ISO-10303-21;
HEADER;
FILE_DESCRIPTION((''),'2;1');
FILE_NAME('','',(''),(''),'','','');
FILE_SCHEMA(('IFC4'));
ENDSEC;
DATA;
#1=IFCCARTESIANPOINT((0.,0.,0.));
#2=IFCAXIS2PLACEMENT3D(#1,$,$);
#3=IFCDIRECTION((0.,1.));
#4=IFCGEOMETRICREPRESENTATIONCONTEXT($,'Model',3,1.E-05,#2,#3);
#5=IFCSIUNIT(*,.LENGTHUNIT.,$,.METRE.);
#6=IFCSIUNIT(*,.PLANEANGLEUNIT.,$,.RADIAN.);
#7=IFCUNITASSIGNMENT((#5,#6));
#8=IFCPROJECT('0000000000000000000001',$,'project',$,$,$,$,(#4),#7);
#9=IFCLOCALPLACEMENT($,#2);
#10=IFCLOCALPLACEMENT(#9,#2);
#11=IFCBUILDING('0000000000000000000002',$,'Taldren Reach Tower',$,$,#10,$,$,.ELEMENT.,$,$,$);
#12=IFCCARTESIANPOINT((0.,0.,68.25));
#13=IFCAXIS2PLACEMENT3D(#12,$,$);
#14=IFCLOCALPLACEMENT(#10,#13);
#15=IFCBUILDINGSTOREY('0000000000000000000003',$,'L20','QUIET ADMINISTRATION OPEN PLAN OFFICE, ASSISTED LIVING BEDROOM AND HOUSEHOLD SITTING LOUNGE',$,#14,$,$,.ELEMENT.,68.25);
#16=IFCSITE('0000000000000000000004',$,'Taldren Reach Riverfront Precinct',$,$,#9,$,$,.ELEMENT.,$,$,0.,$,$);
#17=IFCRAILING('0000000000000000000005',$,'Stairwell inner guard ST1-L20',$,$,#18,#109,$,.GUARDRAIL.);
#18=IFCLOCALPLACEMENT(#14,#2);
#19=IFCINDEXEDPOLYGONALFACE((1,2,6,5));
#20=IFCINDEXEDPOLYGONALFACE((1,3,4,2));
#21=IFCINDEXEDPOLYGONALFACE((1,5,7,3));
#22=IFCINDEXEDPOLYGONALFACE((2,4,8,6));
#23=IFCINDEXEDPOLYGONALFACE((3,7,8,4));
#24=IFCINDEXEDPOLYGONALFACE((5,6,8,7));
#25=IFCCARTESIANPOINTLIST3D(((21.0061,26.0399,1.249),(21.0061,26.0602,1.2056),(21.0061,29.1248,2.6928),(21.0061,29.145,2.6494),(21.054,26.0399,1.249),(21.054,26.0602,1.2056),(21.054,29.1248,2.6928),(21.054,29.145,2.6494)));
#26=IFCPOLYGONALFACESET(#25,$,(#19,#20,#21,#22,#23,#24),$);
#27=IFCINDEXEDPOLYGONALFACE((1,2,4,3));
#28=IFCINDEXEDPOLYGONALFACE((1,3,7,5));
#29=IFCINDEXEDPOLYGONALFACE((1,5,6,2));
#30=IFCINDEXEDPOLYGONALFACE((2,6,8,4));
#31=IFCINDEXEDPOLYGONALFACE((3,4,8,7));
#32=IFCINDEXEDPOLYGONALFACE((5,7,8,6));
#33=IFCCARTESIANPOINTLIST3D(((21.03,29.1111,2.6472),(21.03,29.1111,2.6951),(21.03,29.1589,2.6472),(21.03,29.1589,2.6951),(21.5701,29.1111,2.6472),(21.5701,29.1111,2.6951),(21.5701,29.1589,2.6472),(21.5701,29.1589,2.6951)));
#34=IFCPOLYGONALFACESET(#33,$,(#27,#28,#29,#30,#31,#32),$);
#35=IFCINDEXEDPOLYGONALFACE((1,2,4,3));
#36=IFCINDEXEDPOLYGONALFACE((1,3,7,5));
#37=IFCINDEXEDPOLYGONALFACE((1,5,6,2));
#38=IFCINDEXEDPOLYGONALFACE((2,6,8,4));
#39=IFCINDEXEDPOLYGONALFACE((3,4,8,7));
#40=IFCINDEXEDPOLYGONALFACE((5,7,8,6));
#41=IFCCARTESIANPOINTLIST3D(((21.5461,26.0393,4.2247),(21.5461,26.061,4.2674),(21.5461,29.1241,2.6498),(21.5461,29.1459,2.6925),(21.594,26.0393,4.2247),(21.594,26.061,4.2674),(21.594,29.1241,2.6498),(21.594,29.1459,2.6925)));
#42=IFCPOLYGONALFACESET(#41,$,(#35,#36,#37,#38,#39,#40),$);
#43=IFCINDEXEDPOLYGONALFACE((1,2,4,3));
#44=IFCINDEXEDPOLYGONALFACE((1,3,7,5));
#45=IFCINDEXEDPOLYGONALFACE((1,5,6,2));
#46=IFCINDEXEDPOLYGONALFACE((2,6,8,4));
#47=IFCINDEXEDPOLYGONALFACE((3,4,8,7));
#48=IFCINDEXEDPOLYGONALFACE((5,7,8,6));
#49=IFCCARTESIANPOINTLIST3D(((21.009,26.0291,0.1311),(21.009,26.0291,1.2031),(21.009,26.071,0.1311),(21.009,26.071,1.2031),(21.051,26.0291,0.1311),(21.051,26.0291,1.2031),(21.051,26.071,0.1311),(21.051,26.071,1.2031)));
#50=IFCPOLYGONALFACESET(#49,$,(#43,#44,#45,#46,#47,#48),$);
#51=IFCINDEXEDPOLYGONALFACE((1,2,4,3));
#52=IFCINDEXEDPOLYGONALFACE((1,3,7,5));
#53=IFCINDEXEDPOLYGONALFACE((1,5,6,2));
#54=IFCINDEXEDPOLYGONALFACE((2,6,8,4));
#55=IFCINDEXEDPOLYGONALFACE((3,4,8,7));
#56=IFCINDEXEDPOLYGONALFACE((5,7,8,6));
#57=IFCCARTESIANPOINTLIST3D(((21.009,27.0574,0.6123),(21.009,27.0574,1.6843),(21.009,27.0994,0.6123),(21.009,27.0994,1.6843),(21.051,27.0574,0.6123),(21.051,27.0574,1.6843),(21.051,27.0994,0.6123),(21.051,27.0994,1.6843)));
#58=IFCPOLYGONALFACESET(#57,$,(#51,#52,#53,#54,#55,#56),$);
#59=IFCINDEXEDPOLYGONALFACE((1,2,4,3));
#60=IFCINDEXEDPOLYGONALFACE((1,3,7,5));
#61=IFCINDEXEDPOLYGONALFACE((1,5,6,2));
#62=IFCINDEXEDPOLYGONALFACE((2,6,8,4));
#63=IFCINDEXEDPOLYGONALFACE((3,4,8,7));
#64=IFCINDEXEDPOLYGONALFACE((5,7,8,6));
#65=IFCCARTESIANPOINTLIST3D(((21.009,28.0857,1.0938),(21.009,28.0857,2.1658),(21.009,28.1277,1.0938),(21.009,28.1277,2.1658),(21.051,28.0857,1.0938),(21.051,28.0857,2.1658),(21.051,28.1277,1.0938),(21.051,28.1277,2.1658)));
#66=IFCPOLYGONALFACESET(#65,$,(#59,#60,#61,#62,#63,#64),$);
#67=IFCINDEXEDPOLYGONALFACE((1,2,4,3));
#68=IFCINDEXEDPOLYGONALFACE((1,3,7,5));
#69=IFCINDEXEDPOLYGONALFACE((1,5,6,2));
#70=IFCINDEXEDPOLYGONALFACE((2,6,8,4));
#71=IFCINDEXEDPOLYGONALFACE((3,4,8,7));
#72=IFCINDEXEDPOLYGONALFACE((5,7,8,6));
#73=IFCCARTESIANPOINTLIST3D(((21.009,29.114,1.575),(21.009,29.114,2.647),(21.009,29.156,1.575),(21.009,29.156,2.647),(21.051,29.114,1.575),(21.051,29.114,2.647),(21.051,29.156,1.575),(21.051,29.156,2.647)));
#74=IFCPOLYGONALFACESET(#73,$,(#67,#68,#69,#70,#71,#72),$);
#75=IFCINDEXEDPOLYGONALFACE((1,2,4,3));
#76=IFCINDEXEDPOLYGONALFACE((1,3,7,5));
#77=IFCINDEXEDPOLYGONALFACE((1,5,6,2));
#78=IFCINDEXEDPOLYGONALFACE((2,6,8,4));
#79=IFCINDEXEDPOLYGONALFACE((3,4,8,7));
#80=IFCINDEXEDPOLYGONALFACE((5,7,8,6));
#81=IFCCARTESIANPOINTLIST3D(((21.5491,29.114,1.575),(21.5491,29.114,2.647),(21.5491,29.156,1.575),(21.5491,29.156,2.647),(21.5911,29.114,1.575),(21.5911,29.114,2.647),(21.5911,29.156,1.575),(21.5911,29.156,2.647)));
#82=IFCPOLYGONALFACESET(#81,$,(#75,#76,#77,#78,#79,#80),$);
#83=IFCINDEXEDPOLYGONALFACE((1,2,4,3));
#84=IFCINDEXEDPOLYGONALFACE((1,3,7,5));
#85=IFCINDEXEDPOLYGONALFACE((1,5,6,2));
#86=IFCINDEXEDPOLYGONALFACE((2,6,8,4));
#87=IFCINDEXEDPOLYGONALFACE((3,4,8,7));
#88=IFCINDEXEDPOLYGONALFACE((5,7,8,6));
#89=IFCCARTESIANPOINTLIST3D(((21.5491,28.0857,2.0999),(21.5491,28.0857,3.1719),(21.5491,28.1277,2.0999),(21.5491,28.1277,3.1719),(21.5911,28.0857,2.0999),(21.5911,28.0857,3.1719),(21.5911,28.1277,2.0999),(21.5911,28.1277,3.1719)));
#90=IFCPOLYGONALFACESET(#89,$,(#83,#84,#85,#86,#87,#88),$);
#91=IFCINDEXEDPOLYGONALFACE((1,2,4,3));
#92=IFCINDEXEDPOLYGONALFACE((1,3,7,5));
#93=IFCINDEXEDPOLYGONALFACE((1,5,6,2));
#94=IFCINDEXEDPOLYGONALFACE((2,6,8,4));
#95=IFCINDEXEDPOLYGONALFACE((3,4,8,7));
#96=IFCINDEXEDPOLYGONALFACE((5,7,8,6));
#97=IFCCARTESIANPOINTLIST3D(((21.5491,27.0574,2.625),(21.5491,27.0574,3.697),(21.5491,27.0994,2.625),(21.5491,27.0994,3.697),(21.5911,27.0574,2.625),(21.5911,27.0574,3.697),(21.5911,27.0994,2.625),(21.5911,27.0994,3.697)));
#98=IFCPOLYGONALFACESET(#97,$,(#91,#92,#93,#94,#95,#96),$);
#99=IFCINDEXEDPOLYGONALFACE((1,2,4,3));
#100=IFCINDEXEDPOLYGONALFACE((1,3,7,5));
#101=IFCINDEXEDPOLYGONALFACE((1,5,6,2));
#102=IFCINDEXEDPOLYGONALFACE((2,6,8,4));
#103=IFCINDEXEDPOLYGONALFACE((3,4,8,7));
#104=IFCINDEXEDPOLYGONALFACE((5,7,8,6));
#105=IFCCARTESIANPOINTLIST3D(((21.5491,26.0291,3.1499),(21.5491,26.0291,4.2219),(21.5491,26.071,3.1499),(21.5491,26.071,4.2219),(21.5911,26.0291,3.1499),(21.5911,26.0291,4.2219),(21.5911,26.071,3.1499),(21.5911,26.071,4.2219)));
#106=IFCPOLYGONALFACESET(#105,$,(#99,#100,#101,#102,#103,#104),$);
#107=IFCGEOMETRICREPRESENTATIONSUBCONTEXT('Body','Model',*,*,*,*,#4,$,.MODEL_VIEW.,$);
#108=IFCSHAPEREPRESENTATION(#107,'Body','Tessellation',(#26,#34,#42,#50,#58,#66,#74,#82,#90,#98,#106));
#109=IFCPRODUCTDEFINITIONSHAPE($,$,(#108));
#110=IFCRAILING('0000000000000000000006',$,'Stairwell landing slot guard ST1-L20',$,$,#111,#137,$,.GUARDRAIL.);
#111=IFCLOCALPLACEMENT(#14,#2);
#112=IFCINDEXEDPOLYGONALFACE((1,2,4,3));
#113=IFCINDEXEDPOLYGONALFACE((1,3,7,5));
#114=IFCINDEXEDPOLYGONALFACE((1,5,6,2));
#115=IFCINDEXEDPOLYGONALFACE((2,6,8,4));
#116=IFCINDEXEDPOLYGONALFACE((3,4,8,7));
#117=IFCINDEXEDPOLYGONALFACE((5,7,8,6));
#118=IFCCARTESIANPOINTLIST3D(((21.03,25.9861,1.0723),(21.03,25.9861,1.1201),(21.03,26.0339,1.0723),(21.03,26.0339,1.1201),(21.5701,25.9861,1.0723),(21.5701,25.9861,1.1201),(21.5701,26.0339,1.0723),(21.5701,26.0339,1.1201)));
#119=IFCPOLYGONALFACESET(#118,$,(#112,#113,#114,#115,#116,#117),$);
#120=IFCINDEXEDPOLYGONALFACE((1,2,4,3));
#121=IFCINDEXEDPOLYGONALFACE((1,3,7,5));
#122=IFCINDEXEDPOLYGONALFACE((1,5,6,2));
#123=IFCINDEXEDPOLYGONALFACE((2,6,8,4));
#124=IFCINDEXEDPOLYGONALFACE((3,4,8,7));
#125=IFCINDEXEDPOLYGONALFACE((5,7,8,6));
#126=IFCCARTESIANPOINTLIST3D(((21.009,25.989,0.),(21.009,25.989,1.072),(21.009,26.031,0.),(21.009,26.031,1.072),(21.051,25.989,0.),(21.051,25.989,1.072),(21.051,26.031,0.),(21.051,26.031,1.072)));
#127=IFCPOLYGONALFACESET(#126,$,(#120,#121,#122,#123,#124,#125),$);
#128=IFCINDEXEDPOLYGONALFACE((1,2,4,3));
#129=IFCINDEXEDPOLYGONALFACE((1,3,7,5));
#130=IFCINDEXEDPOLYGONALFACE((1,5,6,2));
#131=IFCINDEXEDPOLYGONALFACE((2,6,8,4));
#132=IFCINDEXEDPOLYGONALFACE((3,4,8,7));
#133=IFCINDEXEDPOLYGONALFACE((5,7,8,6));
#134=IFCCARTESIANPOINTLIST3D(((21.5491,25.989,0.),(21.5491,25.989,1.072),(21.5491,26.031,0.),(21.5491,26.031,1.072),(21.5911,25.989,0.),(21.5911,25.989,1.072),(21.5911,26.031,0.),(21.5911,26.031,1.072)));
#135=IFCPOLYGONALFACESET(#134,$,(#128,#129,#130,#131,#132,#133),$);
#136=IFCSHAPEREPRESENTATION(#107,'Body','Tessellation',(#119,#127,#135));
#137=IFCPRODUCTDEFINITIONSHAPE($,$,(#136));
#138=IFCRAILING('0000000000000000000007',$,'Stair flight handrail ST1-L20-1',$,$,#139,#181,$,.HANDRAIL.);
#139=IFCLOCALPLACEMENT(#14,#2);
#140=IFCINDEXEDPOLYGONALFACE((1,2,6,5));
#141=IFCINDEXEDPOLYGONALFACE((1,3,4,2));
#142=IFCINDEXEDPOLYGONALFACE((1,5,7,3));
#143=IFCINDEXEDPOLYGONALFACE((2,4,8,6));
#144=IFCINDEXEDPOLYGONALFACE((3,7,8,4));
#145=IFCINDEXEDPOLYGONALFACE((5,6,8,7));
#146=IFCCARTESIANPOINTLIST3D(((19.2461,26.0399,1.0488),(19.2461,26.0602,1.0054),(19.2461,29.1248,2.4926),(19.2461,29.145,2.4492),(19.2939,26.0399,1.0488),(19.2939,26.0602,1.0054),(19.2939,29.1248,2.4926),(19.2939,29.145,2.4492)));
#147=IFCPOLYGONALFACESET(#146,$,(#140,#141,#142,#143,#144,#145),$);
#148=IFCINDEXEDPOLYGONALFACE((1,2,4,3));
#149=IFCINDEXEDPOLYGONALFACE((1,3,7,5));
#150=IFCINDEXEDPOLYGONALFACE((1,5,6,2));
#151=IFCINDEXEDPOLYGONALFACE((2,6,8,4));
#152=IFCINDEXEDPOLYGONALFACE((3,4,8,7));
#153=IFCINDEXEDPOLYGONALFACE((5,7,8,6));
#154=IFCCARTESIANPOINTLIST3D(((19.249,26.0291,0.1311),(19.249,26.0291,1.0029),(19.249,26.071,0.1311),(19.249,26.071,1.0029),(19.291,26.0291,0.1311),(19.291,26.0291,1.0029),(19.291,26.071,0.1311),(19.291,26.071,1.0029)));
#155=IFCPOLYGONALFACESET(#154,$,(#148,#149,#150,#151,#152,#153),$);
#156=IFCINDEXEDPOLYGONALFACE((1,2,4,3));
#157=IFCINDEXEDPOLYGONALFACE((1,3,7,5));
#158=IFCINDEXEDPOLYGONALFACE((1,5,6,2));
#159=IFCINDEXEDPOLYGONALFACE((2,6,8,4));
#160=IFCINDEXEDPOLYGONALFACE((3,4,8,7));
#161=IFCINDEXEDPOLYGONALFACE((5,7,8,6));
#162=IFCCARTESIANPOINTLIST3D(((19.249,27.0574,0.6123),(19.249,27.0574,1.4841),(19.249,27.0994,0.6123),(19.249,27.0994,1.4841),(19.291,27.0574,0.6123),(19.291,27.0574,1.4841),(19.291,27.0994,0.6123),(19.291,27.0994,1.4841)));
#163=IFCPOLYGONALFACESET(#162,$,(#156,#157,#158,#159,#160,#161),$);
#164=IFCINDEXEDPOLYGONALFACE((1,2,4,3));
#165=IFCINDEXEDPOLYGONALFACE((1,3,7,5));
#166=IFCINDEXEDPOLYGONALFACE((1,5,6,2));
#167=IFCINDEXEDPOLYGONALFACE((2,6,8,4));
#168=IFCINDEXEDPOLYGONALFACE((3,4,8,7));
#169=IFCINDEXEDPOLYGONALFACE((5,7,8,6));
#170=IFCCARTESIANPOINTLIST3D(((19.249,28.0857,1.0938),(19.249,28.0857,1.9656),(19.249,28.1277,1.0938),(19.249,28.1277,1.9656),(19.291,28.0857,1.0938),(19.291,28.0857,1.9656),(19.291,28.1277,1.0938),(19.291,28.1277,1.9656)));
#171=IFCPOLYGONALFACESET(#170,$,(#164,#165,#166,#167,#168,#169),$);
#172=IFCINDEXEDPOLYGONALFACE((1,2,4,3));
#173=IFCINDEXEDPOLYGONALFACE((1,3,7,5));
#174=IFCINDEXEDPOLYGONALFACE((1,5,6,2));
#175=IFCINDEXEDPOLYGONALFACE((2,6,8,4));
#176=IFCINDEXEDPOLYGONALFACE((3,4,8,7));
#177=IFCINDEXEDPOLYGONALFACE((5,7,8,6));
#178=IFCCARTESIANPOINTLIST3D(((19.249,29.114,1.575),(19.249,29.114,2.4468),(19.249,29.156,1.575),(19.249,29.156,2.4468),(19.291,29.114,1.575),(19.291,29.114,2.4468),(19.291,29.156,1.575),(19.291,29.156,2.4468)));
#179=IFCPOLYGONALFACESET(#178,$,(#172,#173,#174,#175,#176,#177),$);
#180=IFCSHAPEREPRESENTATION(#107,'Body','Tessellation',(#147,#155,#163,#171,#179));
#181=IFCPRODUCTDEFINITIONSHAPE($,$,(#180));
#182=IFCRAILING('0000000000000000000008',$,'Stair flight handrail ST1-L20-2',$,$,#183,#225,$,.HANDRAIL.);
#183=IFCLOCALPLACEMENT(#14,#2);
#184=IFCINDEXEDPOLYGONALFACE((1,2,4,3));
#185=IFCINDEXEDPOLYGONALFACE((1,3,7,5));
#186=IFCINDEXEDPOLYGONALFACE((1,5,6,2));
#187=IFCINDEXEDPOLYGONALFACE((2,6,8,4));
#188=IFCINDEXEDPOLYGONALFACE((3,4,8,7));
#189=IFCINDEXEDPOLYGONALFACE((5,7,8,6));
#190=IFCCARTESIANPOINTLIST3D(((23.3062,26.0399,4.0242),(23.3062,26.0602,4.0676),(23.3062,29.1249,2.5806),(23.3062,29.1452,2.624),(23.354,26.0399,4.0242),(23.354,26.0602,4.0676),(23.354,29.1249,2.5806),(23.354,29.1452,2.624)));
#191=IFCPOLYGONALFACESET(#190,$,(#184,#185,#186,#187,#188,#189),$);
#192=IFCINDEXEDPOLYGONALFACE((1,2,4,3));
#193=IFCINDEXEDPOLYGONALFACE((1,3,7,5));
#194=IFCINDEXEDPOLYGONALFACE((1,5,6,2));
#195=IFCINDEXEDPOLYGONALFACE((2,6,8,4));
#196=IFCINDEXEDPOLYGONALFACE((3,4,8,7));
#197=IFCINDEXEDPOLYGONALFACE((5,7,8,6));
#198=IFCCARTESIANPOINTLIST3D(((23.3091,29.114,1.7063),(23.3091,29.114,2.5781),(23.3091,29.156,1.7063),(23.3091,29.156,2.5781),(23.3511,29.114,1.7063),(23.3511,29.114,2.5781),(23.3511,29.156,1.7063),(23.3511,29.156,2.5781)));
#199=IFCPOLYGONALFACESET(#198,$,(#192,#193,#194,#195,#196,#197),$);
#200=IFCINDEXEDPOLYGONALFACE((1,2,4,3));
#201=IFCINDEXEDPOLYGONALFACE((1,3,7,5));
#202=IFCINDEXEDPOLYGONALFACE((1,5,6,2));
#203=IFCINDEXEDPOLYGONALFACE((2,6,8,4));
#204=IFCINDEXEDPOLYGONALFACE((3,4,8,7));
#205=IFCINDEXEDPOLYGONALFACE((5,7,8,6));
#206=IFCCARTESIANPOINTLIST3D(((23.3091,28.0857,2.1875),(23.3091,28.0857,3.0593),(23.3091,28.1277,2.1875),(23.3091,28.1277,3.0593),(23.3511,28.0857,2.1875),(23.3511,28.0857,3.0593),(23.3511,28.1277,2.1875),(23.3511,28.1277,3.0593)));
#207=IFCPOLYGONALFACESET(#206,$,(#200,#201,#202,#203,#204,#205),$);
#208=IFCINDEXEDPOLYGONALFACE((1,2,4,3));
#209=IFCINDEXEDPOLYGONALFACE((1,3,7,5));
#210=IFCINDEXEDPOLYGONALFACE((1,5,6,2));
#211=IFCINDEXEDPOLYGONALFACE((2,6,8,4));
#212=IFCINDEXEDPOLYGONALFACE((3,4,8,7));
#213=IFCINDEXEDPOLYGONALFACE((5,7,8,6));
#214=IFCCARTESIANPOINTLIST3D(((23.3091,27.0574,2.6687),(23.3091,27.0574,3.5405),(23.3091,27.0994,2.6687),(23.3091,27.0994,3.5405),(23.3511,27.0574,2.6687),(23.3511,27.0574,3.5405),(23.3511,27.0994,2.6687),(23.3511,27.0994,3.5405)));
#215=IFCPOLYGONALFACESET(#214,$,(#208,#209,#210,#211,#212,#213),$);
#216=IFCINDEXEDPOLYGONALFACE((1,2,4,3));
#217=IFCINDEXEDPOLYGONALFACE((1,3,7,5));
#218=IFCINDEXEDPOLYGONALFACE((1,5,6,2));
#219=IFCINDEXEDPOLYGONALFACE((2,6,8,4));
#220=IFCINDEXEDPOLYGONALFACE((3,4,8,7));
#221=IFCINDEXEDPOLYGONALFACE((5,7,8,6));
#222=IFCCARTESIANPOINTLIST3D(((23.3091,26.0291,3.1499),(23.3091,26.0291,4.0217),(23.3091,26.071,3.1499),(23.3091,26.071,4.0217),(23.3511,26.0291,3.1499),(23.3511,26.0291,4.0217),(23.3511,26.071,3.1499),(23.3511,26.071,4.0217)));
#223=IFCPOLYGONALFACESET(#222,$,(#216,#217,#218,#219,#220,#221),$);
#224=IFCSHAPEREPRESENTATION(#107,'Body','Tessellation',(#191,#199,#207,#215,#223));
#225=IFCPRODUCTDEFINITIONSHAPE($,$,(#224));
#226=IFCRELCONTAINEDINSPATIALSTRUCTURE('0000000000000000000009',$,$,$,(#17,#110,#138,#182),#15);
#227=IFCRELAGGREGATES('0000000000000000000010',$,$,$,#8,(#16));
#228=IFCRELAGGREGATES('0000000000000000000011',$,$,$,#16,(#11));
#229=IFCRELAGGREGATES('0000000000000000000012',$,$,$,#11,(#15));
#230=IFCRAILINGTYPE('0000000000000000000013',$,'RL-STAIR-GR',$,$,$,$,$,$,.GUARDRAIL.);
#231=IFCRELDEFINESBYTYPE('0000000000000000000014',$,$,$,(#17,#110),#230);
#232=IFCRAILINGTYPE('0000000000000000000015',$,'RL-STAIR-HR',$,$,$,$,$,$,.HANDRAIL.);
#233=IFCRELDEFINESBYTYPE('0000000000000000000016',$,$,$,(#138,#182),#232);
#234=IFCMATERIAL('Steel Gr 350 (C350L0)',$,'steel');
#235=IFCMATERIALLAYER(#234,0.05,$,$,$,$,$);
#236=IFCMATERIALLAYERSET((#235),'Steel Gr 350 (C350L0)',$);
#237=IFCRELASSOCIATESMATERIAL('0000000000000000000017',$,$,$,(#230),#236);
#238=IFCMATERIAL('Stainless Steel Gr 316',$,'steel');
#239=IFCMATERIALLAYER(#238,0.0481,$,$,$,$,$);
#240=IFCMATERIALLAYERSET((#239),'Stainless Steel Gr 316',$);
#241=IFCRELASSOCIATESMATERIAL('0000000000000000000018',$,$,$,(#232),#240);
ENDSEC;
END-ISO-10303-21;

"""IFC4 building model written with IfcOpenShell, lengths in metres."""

from ifc_helpers import new_model, si_unit, direction, frame, origin, origin_2d, place, context, subcontext, project, spatial, rectangle, extrude, material, layer, layer_set, type_object, element, save


model = new_model("IFC4")

# Units and contexts
model_context = context("Model", 3, precision=1e-05, world=origin(), true_north=direction((0.0, 1.0)))
body_context = subcontext(model_context, "Body", "Model", "MODEL_VIEW")
ifc_project = project(units=[si_unit("LENGTHUNIT", "METRE"), si_unit("PLANEANGLEUNIT", "RADIAN")], contexts=[model_context])

# Site, building, storey
site_placement = place(None, origin())
site = spatial("IfcSite", under=ifc_project, at=site_placement, Name="Taldren Reach Riverfront Precinct", CompositionType="ELEMENT", RefElevation=0.0)
building_placement = place(site_placement, origin())
building = spatial("IfcBuilding", under=site, at=building_placement, Name="Taldren Reach Tower", CompositionType="ELEMENT")
storey_placement = place(building_placement, frame((0.0, 0.0, 68.25)))
storey = spatial("IfcBuildingStorey", under=building, at=storey_placement, Name="L20", Description="QUIET ADMINISTRATION OPEN PLAN OFFICE, ASSISTED LIVING BEDROOM AND HOUSEHOLD SITTING LOUNGE", CompositionType="ELEMENT", Elevation=68.25)

# Railings
ifc_material_1 = material(Name="Steel Gr 350 (C350L0)", Category="steel")
ifc_layer_1 = layer(ifc_material_1, 0.05)
ifc_layer_set_1 = layer_set([ifc_layer_1], Name="Steel Gr 350 (C350L0)")
railing_type_1 = type_object("IfcRailingType", Name="RL-STAIR-GR", PredefinedType="GUARDRAIL", material=ifc_layer_set_1)
railing_1_placement = place(storey_placement, frame((21.03, 26.05, 0.1311)))
element("IfcRailing", 1, at=railing_1_placement, inside=storey, type_object=railing_type_1, Name="Stairwell inner guard ST1-L20", PredefinedType="GUARDRAIL", context=body_context, shape_type="SweptSolid", body=[
    extrude(rectangle(XDim=0.0479, YDim=0.0479, at=origin_2d()), frame((0.0, 0.0, 1.0962), z_axis=(0.0, 0.90571, 0.423898), x_axis=(-1.0, 0.0, 0.0)), (0.0, 0.0, 1.0), 3.406),
    extrude(rectangle(XDim=0.0479, YDim=0.0479, at=origin_2d()), frame((0.0, 3.085, 2.54), z_axis=(1.0, 0.0, 0.0), x_axis=(0.0, 1.0, 0.0)), (0.0, 0.0, 1.0), 0.54),
    extrude(rectangle(XDim=0.0479, YDim=0.0479, at=origin_2d()), frame((0.54, 3.085, 2.54), z_axis=(0.0, -0.890646, 0.454697), x_axis=(1.0, 0.0, 0.0)), (0.0, 0.0, 1.0), 3.4636),
    extrude(rectangle(XDim=0.042, YDim=0.042, at=origin_2d()), origin(), (0.0, 0.0, 1.0), 1.072),
    extrude(rectangle(XDim=0.042, YDim=0.042, at=origin_2d()), frame((0.0, 1.0283, 0.4812)), (0.0, 0.0, 1.0), 1.072),
    extrude(rectangle(XDim=0.042, YDim=0.042, at=origin_2d()), frame((0.0, 2.0566, 0.9626)), (0.0, 0.0, 1.0), 1.072),
    extrude(rectangle(XDim=0.042, YDim=0.042, at=origin_2d()), frame((0.0, 3.085, 1.4438)), (0.0, 0.0, 1.0), 1.072),
    extrude(rectangle(XDim=0.042, YDim=0.042, at=origin_2d()), frame((0.54, 3.085, 1.4438)), (0.0, 0.0, 1.0), 1.072),
    extrude(rectangle(XDim=0.042, YDim=0.042, at=origin_2d()), frame((0.54, 2.0566, 1.9688)), (0.0, 0.0, 1.0), 1.072),
    extrude(rectangle(XDim=0.042, YDim=0.042, at=origin_2d()), frame((0.54, 1.0283, 2.4939)), (0.0, 0.0, 1.0), 1.072),
    extrude(rectangle(XDim=0.042, YDim=0.042, at=origin_2d()), frame((0.54, 0.0, 3.0188)), (0.0, 0.0, 1.0), 1.072),
])
railing_2_placement = place(storey_placement, frame((21.03, 26.01, 0.0)))
element("IfcRailing", 2, at=railing_2_placement, inside=storey, type_object=railing_type_1, Name="Stairwell landing slot guard ST1-L20", PredefinedType="GUARDRAIL", context=body_context, shape_type="SweptSolid", body=[
    extrude(rectangle(XDim=0.0479, YDim=0.0479, at=origin_2d()), frame((0.0, 0.0, 1.0962), z_axis=(1.0, 0.0, 0.0), x_axis=(0.0, 1.0, 0.0)), (0.0, 0.0, 1.0), 0.54),
    extrude(rectangle(XDim=0.042, YDim=0.042, at=origin_2d()), origin(), (0.0, 0.0, 1.0), 1.072),
    extrude(rectangle(XDim=0.042, YDim=0.042, at=origin_2d()), frame((0.54, 0.0, 0.0)), (0.0, 0.0, 1.0), 1.072),
])
ifc_material_2 = material(Name="Stainless Steel Gr 316", Category="steel")
ifc_layer_2 = layer(ifc_material_2, 0.0481)
ifc_layer_set_2 = layer_set([ifc_layer_2], Name="Stainless Steel Gr 316")
railing_type_2 = type_object("IfcRailingType", Name="RL-STAIR-HR", PredefinedType="HANDRAIL", material=ifc_layer_set_2)
railing_3_placement = place(storey_placement, frame((19.27, 26.05, 0.1311)))
element("IfcRailing", 3, at=railing_3_placement, inside=storey, type_object=railing_type_2, Name="Stair flight handrail ST1-L20-1", PredefinedType="HANDRAIL", context=body_context, shape_type="SweptSolid", body=[
    extrude(rectangle(XDim=0.0479, YDim=0.0479, at=origin_2d()), frame((0.0, 0.0, 0.896), z_axis=(0.0, 0.90571, 0.423898), x_axis=(-1.0, 0.0, 0.0)), (0.0, 0.0, 1.0), 3.406),
    extrude(rectangle(XDim=0.042, YDim=0.042, at=origin_2d()), origin(), (0.0, 0.0, 1.0), 0.8718),
    extrude(rectangle(XDim=0.042, YDim=0.042, at=origin_2d()), frame((0.0, 1.0283, 0.4812)), (0.0, 0.0, 1.0), 0.8718),
    extrude(rectangle(XDim=0.042, YDim=0.042, at=origin_2d()), frame((0.0, 2.0566, 0.9626)), (0.0, 0.0, 1.0), 0.8718),
    extrude(rectangle(XDim=0.042, YDim=0.042, at=origin_2d()), frame((0.0, 3.085, 1.4438)), (0.0, 0.0, 1.0), 0.8718),
])
railing_4_placement = place(storey_placement, frame((23.3301, 29.135, 1.7063)))
element("IfcRailing", 4, at=railing_4_placement, inside=storey, type_object=railing_type_2, Name="Stair flight handrail ST1-L20-2", PredefinedType="HANDRAIL", context=body_context, shape_type="SweptSolid", body=[
    extrude(rectangle(XDim=0.0479, YDim=0.0479, at=origin_2d()), frame((0.0, 0.0, 0.896), z_axis=(0.0, -0.905738, 0.423839), x_axis=(1.0, 0.0, 0.0)), (0.0, 0.0, 1.0), 3.406),
    extrude(rectangle(XDim=0.042, YDim=0.042, at=origin_2d()), origin(), (0.0, 0.0, 1.0), 0.8718),
    extrude(rectangle(XDim=0.042, YDim=0.042, at=origin_2d()), frame((0.0, -1.0283, 0.4812)), (0.0, 0.0, 1.0), 0.8718),
    extrude(rectangle(XDim=0.042, YDim=0.042, at=origin_2d()), frame((0.0, -2.0566, 0.9624)), (0.0, 0.0, 1.0), 0.8718),
    extrude(rectangle(XDim=0.042, YDim=0.042, at=origin_2d()), frame((0.0, -3.085, 1.4436)), (0.0, 0.0, 1.0), 0.8718),
])

save(model, "model.ifc")
